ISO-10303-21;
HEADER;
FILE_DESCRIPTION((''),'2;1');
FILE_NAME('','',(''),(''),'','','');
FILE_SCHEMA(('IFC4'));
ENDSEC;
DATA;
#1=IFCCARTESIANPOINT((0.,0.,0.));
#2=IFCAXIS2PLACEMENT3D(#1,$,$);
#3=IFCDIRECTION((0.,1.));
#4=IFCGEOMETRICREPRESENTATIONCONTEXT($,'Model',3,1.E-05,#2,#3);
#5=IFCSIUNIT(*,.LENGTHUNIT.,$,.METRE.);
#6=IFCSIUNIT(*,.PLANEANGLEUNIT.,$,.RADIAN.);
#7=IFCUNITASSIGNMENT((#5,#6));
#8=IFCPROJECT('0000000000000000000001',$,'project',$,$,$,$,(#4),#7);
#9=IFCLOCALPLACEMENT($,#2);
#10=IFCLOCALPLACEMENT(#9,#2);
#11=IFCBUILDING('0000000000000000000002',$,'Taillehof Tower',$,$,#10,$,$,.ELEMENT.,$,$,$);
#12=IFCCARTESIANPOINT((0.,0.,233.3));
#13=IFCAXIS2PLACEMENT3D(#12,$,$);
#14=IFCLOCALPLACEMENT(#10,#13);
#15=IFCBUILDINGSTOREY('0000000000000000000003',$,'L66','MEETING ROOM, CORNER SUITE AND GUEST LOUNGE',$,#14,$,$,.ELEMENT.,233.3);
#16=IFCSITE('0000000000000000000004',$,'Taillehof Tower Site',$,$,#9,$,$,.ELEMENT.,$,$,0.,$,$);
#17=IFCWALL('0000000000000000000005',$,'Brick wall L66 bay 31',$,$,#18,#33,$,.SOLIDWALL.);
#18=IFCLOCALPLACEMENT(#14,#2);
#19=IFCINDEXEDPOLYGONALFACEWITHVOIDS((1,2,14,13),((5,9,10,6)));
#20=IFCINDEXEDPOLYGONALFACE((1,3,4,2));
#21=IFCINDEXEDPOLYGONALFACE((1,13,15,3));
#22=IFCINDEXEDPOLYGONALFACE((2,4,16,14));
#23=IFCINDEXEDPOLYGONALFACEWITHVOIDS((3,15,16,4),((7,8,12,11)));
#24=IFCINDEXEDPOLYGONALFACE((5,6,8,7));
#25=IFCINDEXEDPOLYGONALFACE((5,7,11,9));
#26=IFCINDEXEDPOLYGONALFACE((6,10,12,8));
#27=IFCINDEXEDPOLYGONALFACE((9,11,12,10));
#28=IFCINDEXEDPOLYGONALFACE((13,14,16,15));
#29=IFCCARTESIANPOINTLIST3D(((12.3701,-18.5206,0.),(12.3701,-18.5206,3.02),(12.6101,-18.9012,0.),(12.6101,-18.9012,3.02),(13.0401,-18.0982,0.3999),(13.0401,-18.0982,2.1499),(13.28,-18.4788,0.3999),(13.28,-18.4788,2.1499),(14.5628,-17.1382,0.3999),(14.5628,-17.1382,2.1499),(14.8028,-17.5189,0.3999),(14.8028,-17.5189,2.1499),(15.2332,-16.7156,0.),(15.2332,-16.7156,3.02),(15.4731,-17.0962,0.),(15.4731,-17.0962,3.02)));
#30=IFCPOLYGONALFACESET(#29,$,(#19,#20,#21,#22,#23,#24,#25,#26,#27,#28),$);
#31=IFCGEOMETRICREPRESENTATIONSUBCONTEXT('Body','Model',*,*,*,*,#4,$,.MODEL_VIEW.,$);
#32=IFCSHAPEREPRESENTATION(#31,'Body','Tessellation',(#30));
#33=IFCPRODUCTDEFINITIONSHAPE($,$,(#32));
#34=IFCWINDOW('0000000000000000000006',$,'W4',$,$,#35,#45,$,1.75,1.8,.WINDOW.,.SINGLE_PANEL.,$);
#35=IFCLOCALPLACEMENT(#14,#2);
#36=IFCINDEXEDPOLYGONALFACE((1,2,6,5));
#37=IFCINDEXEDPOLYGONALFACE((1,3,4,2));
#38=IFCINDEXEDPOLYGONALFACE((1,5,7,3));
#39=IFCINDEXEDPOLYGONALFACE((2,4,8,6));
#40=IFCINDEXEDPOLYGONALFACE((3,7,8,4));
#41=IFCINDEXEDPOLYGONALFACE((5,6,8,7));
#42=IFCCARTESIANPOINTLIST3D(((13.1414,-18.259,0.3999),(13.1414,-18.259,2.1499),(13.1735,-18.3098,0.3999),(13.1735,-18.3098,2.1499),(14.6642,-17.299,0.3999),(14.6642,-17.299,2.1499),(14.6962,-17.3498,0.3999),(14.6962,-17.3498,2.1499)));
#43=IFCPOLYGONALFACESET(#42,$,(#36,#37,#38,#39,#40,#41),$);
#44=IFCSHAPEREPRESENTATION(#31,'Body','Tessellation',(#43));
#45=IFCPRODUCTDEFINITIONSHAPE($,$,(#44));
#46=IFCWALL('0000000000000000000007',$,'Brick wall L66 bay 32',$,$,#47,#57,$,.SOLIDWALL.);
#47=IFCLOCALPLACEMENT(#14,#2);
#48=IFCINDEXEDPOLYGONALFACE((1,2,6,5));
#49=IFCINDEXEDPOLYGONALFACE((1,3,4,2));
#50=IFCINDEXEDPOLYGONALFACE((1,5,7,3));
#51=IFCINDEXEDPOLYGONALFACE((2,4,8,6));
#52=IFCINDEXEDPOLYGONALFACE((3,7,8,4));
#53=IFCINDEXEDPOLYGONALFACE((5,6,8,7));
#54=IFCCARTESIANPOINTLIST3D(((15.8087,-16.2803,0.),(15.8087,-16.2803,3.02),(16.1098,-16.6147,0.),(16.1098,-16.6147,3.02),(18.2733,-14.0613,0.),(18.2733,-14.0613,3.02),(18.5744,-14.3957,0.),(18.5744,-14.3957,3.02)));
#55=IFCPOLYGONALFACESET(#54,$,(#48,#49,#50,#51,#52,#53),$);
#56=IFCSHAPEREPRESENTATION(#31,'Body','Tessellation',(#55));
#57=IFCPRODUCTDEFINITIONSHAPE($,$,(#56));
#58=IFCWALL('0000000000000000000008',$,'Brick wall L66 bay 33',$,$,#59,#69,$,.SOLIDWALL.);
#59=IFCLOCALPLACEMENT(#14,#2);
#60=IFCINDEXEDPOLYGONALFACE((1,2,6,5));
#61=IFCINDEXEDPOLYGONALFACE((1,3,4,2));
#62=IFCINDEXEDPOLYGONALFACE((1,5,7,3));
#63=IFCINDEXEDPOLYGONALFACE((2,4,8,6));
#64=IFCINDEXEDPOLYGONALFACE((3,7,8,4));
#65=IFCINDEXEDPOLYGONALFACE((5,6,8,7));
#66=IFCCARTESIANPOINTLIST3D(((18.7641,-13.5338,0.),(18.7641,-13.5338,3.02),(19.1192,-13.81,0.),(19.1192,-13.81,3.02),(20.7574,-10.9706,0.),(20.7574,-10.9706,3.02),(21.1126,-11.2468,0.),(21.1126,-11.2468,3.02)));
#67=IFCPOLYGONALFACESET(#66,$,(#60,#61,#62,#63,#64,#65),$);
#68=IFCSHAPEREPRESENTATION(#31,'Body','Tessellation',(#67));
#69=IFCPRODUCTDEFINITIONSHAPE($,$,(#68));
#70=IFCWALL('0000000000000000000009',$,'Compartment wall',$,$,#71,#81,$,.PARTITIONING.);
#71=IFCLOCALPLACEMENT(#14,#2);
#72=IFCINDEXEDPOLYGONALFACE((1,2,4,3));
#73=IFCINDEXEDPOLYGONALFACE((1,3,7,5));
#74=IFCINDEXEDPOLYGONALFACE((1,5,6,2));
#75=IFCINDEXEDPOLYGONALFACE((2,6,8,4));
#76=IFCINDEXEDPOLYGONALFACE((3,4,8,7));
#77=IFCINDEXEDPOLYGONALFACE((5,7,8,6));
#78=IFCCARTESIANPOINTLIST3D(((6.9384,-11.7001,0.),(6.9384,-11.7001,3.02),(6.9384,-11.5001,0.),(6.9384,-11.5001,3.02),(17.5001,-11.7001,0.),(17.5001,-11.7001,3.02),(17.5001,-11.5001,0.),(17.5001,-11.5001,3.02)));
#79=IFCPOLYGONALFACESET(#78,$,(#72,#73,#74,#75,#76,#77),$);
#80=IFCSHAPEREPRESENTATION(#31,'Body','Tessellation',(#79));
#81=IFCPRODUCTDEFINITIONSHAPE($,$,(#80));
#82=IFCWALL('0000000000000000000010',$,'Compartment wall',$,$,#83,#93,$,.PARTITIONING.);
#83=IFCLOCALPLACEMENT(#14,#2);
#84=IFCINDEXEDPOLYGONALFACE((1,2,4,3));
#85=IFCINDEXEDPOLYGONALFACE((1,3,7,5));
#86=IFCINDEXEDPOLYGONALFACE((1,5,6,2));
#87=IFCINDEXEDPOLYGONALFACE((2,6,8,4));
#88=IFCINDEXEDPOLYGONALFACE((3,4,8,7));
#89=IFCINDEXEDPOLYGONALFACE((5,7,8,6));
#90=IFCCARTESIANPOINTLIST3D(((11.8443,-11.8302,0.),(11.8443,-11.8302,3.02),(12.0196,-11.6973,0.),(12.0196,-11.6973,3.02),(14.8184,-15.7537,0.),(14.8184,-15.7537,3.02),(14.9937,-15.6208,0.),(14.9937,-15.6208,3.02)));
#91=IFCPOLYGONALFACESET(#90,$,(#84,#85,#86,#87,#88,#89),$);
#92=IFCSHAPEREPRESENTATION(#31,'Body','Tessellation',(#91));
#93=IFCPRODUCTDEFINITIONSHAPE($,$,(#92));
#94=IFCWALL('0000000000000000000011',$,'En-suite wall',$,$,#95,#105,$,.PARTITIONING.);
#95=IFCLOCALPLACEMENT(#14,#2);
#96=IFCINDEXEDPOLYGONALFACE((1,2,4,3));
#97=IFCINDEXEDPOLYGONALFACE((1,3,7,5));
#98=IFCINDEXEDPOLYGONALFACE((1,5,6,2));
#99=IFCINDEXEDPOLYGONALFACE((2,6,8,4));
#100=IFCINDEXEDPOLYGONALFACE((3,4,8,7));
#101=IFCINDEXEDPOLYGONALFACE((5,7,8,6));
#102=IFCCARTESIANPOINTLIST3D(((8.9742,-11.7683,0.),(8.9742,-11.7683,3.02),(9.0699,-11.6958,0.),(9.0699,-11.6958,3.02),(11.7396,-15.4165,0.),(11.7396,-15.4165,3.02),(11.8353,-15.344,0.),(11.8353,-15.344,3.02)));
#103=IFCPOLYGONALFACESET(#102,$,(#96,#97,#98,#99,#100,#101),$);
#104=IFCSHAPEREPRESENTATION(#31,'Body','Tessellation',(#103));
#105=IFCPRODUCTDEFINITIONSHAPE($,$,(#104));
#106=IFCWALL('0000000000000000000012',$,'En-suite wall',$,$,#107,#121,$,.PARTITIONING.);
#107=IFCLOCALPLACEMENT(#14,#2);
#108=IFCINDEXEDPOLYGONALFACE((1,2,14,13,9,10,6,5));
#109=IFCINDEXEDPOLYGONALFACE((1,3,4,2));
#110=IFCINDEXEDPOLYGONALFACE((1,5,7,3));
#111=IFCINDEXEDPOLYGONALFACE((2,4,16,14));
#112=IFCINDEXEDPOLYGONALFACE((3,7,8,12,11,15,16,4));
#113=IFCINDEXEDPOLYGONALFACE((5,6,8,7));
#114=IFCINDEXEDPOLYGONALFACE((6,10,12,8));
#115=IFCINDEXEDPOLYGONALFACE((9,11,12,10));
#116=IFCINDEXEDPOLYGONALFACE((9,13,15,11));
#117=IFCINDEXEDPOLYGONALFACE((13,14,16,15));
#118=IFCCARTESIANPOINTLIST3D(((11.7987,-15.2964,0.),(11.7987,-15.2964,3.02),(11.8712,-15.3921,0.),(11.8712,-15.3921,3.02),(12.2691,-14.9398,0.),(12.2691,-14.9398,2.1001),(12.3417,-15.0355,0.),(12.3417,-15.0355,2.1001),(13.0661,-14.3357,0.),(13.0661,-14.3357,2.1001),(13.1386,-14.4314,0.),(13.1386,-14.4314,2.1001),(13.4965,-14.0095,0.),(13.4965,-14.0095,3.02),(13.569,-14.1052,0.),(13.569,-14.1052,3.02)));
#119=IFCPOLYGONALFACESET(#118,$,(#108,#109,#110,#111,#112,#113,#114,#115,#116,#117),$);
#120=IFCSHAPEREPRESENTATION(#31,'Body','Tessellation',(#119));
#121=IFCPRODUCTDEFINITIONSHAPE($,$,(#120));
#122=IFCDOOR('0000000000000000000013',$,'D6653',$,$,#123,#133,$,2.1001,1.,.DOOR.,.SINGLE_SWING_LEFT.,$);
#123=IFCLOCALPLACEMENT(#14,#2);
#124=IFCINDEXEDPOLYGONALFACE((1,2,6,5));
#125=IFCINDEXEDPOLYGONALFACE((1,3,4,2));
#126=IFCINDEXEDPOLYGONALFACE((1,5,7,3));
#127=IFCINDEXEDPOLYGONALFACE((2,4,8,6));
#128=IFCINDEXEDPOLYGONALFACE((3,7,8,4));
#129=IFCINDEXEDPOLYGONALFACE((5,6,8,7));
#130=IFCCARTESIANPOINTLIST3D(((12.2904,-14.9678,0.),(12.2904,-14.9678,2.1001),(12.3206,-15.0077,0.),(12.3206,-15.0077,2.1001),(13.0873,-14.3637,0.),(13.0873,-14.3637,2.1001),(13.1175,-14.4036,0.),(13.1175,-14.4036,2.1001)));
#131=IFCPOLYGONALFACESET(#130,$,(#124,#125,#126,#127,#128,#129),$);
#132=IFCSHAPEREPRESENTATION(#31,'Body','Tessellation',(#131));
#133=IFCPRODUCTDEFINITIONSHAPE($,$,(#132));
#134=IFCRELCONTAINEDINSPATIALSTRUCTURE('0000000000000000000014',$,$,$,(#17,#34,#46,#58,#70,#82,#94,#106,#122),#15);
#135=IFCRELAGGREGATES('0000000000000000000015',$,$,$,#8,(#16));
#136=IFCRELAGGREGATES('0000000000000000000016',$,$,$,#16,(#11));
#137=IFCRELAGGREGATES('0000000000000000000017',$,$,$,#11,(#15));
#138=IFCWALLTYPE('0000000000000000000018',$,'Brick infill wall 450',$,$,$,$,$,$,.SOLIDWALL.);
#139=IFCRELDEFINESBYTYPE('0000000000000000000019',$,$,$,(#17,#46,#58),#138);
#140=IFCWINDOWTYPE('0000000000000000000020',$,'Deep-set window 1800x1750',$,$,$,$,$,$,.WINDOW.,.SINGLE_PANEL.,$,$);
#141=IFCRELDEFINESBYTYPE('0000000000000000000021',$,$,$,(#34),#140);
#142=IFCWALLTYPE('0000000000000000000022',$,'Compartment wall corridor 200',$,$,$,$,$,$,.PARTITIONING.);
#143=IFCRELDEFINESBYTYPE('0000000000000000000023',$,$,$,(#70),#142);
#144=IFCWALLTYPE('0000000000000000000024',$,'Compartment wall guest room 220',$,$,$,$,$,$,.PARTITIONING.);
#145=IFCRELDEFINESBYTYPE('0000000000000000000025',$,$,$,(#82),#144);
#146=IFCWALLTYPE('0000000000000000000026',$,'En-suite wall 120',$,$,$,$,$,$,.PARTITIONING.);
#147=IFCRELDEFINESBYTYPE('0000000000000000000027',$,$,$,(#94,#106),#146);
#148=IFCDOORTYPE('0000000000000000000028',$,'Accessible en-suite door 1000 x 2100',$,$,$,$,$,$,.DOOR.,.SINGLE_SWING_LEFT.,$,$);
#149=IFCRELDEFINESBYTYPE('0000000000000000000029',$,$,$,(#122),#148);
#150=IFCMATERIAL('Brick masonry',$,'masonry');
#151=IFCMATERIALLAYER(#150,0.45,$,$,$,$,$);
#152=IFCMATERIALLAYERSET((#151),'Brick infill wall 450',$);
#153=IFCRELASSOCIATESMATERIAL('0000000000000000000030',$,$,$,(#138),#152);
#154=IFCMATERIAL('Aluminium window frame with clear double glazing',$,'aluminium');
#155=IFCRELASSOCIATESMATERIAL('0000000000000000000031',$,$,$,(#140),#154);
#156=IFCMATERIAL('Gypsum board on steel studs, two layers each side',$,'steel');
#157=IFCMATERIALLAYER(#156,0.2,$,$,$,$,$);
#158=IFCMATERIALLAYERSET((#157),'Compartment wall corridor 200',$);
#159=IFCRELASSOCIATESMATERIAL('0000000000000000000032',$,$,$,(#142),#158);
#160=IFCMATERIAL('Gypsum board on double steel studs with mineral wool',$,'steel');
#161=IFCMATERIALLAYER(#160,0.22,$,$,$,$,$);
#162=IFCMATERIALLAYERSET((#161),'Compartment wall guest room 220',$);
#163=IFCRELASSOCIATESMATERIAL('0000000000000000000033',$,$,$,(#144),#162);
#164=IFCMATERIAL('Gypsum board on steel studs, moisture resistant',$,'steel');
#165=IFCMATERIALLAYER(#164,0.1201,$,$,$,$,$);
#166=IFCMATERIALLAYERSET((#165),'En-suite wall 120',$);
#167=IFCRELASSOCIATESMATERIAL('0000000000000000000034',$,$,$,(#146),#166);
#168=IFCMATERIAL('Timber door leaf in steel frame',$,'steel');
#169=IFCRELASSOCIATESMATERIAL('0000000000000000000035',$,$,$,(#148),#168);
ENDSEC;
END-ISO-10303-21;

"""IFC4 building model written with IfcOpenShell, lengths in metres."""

from ifc_helpers import new_model, si_unit, direction, frame, frame_2d, origin, place, context, subcontext, project, spatial, rectangle, extrude, material, layer, layer_set, type_object, element, fill, save


model = new_model("IFC4")

# Units and contexts
model_context = context("Model", 3, precision=1e-05, world=origin(), true_north=direction((0.0, 1.0)))
body_context = subcontext(model_context, "Body", "Model", "MODEL_VIEW")
ifc_project = project(units=[si_unit("LENGTHUNIT", "METRE"), si_unit("PLANEANGLEUNIT", "RADIAN")], contexts=[model_context])

# Site, building, storey
site_placement = place(None, origin())
site = spatial("IfcSite", under=ifc_project, at=site_placement, Name="Taillehof Tower Site", CompositionType="ELEMENT", RefElevation=0.0)
building_placement = place(site_placement, origin())
building = spatial("IfcBuilding", under=site, at=building_placement, Name="Taillehof Tower", CompositionType="ELEMENT")
storey_placement = place(building_placement, frame((0.0, 0.0, 233.3)))
storey = spatial("IfcBuildingStorey", under=building, at=storey_placement, Name="L66", Description="MEETING ROOM, CORNER SUITE AND GUEST LOUNGE", CompositionType="ELEMENT", Elevation=233.3)

# Wall, opening, window
ifc_material_1 = material(Name="Brick masonry", Category="masonry")
ifc_layer_1 = layer(ifc_material_1, 0.45)
ifc_layer_set_1 = layer_set([ifc_layer_1], Name="Brick infill wall 450")
wall_type_1 = type_object("IfcWallType", Name="Brick infill wall 450", PredefinedType="SOLIDWALL", material=ifc_layer_set_1)
ifc_material_2 = material(Name="Aluminium window frame with clear double glazing", Category="aluminium")
window_type = type_object("IfcWindowType", Name="Deep-set window 1800x1750", PartitioningType="SINGLE_PANEL", PredefinedType="WINDOW", material=ifc_material_2)
wall_1_placement = place(storey_placement, frame((12.49, -18.7109, 0.0), z_axis=(0.0, 0.0, 1.0), x_axis=(0.845929, 0.533295, 0.0)))
wall_1 = element("IfcWall", 1, at=wall_1_placement, inside=storey, type_object=wall_type_1, Name="Brick wall L66 bay 31", PredefinedType="SOLIDWALL", context=body_context, shape_type="SweptSolid", body=[
    extrude(rectangle(XDim=3.3845, YDim=0.45, at=frame_2d((1.6924, 0.0))), origin(), (0.0, 0.0, 1.0), 3.02),
])
opening_1_placement = place(wall_1_placement, frame((0.7922, 0.0, 0.3999)))
opening_1 = element("IfcOpeningElement", 2, at=opening_1_placement, cuts=wall_1, PredefinedType="OPENING", context=body_context, shape_type="SweptSolid", body=[
    extrude(rectangle(XDim=1.8, YDim=1.75, at=frame_2d((0.8999, 0.875))), frame((0.0, 0.2349, 0.0), z_axis=(0.0, -1.0, 0.0), x_axis=(1.0, 0.0, 0.0)), (0.0, 0.0, 1.0), 0.47),
])
window_1_placement = place(opening_1_placement, origin())
window_1 = element("IfcWindow", 3, at=window_1_placement, inside=storey, type_object=window_type, Name="W4", OverallHeight=1.75, OverallWidth=1.8, PartitioningType="SINGLE_PANEL", PredefinedType="WINDOW", context=body_context, shape_type="SweptSolid", body=[
    extrude(rectangle(XDim=1.8, YDim=1.75, at=frame_2d((0.8999, 0.875))), frame((0.0, 0.0349, 0.0), z_axis=(0.0, -1.0, 0.0), x_axis=(1.0, 0.0, 0.0)), (0.0, 0.0, 1.0), 0.0601),
])
fill(opening_1, window_1)

# Walls
wall_2_placement = place(storey_placement, frame((15.9592, -16.4475, 0.0), z_axis=(0.0, 0.0, 1.0), x_axis=(0.743166, 0.669107, 0.0)))
element("IfcWall", 4, at=wall_2_placement, inside=storey, type_object=wall_type_1, Name="Brick wall L66 bay 32", PredefinedType="SOLIDWALL", context=body_context, shape_type="SweptSolid", body=[
    extrude(rectangle(XDim=3.3164, YDim=0.45, at=frame_2d((1.6582, 0.0))), origin(), (0.0, 0.0, 1.0), 3.02),
])
wall_3_placement = place(storey_placement, frame((18.9417, -13.6719, 0.0), z_axis=(0.0, 0.0, 1.0), x_axis=(0.613899, 0.789385, 0.0)))
element("IfcWall", 5, at=wall_3_placement, inside=storey, type_object=wall_type_1, Name="Brick wall L66 bay 33", PredefinedType="SOLIDWALL", context=body_context, shape_type="SweptSolid", body=[
    extrude(rectangle(XDim=3.2471, YDim=0.45, at=frame_2d((1.6235, 0.0))), origin(), (0.0, 0.0, 1.0), 3.02),
])
ifc_material_3 = material(Name="Gypsum board on steel studs, two layers each side", Category="steel")
ifc_layer_2 = layer(ifc_material_3, 0.2)
ifc_layer_set_2 = layer_set([ifc_layer_2], Name="Compartment wall corridor 200")
wall_type_2 = type_object("IfcWallType", Name="Compartment wall corridor 200", PredefinedType="PARTITIONING", material=ifc_layer_set_2)
wall_4_placement = place(storey_placement, frame((17.5, -11.6001, 0.0), z_axis=(0.0, 0.0, 1.0), x_axis=(-1.0, 0.0, 0.0)))
element("IfcWall", 6, at=wall_4_placement, inside=storey, type_object=wall_type_2, Name="Compartment wall", PredefinedType="PARTITIONING", context=body_context, shape_type="SweptSolid", body=[
    extrude(rectangle(XDim=10.5618, YDim=0.2, at=frame_2d((5.2808, 0.0))), origin(), (0.0, 0.0, 1.0), 3.02),
])
ifc_material_4 = material(Name="Gypsum board on double steel studs with mineral wool", Category="steel")
ifc_layer_3 = layer(ifc_material_4, 0.22)
ifc_layer_set_3 = layer_set([ifc_layer_3], Name="Compartment wall guest room 220")
wall_type_3 = type_object("IfcWallType", Name="Compartment wall guest room 220", PredefinedType="PARTITIONING", material=ifc_layer_set_3)
wall_5_placement = place(storey_placement, frame((14.906, -15.6873, 0.0), z_axis=(0.0, 0.0, 1.0), x_axis=(-0.604078, 0.796925, 0.0)))
element("IfcWall", 7, at=wall_5_placement, inside=storey, type_object=wall_type_3, Name="Compartment wall", PredefinedType="PARTITIONING", context=body_context, shape_type="SweptSolid", body=[
    extrude(rectangle(XDim=4.9233, YDim=0.22, at=frame_2d((2.4617, 0.0))), origin(), (0.0, 0.0, 1.0), 3.02),
])
ifc_material_5 = material(Name="Gypsum board on steel studs, moisture resistant", Category="steel")
ifc_layer_4 = layer(ifc_material_5, 0.1201)
ifc_layer_set_4 = layer_set([ifc_layer_4], Name="En-suite wall 120")
wall_type_4 = type_object("IfcWallType", Name="En-suite wall 120", PredefinedType="PARTITIONING", material=ifc_layer_set_4)
wall_6_placement = place(storey_placement, frame((9.022, -11.7319, 0.0), z_axis=(0.0, 0.0, 1.0), x_axis=(0.604079, -0.796924, 0.0)))
element("IfcWall", 8, at=wall_6_placement, inside=storey, type_object=wall_type_4, Name="En-suite wall", PredefinedType="PARTITIONING", context=body_context, shape_type="SweptSolid", body=[
    extrude(rectangle(XDim=4.5779, YDim=0.1201, at=frame_2d((2.2891, 0.0))), origin(), (0.0, 0.0, 1.0), 3.02),
])

# Wall, opening, door
wall_7_placement = place(storey_placement, frame((11.835, -15.3442, 0.0), z_axis=(0.0, 0.0, 1.0), x_axis=(0.796937, 0.604063, 0.0)))
wall_7 = element("IfcWall", 9, at=wall_7_placement, inside=storey, type_object=wall_type_4, Name="En-suite wall", PredefinedType="PARTITIONING", context=body_context, shape_type="SweptSolid", body=[
    extrude(rectangle(XDim=2.1304, YDim=0.1201, at=frame_2d((1.0652, 0.0))), origin(), (0.0, 0.0, 1.0), 3.02),
])
opening_2_placement = place(wall_7_placement, frame((0.5903, 0.0, 0.0)))
opening_2 = element("IfcOpeningElement", 10, at=opening_2_placement, cuts=wall_7, PredefinedType="OPENING", context=body_context, shape_type="SweptSolid", body=[
    extrude(rectangle(XDim=1.0, YDim=2.1001, at=frame_2d((0.5, 1.05))), frame((0.0, 0.0701, 0.0), z_axis=(0.0, -1.0, 0.0), x_axis=(1.0, 0.0, 0.0)), (0.0, 0.0, 1.0), 0.1401),
])
ifc_material_6 = material(Name="Timber door leaf in steel frame", Category="steel")
door_type = type_object("IfcDoorType", Name="Accessible en-suite door 1000 x 2100", OperationType="SINGLE_SWING_LEFT", PredefinedType="DOOR", material=ifc_material_6)
door_placement = place(opening_2_placement, origin())
door = element("IfcDoor", 11, at=door_placement, inside=storey, type_object=door_type, Name="D6653", OperationType="SINGLE_SWING_LEFT", OverallHeight=2.1001, OverallWidth=1.0, PredefinedType="DOOR", context=body_context, shape_type="SweptSolid", body=[
    extrude(rectangle(XDim=1.0, YDim=2.1001, at=frame_2d((0.5, 1.05))), frame((0.0, 0.0249, 0.0), z_axis=(0.0, -1.0, 0.0), x_axis=(1.0, 0.0, 0.0)), (0.0, 0.0, 1.0), 0.05),
])
fill(opening_2, door)

save(model, "model.ifc")
